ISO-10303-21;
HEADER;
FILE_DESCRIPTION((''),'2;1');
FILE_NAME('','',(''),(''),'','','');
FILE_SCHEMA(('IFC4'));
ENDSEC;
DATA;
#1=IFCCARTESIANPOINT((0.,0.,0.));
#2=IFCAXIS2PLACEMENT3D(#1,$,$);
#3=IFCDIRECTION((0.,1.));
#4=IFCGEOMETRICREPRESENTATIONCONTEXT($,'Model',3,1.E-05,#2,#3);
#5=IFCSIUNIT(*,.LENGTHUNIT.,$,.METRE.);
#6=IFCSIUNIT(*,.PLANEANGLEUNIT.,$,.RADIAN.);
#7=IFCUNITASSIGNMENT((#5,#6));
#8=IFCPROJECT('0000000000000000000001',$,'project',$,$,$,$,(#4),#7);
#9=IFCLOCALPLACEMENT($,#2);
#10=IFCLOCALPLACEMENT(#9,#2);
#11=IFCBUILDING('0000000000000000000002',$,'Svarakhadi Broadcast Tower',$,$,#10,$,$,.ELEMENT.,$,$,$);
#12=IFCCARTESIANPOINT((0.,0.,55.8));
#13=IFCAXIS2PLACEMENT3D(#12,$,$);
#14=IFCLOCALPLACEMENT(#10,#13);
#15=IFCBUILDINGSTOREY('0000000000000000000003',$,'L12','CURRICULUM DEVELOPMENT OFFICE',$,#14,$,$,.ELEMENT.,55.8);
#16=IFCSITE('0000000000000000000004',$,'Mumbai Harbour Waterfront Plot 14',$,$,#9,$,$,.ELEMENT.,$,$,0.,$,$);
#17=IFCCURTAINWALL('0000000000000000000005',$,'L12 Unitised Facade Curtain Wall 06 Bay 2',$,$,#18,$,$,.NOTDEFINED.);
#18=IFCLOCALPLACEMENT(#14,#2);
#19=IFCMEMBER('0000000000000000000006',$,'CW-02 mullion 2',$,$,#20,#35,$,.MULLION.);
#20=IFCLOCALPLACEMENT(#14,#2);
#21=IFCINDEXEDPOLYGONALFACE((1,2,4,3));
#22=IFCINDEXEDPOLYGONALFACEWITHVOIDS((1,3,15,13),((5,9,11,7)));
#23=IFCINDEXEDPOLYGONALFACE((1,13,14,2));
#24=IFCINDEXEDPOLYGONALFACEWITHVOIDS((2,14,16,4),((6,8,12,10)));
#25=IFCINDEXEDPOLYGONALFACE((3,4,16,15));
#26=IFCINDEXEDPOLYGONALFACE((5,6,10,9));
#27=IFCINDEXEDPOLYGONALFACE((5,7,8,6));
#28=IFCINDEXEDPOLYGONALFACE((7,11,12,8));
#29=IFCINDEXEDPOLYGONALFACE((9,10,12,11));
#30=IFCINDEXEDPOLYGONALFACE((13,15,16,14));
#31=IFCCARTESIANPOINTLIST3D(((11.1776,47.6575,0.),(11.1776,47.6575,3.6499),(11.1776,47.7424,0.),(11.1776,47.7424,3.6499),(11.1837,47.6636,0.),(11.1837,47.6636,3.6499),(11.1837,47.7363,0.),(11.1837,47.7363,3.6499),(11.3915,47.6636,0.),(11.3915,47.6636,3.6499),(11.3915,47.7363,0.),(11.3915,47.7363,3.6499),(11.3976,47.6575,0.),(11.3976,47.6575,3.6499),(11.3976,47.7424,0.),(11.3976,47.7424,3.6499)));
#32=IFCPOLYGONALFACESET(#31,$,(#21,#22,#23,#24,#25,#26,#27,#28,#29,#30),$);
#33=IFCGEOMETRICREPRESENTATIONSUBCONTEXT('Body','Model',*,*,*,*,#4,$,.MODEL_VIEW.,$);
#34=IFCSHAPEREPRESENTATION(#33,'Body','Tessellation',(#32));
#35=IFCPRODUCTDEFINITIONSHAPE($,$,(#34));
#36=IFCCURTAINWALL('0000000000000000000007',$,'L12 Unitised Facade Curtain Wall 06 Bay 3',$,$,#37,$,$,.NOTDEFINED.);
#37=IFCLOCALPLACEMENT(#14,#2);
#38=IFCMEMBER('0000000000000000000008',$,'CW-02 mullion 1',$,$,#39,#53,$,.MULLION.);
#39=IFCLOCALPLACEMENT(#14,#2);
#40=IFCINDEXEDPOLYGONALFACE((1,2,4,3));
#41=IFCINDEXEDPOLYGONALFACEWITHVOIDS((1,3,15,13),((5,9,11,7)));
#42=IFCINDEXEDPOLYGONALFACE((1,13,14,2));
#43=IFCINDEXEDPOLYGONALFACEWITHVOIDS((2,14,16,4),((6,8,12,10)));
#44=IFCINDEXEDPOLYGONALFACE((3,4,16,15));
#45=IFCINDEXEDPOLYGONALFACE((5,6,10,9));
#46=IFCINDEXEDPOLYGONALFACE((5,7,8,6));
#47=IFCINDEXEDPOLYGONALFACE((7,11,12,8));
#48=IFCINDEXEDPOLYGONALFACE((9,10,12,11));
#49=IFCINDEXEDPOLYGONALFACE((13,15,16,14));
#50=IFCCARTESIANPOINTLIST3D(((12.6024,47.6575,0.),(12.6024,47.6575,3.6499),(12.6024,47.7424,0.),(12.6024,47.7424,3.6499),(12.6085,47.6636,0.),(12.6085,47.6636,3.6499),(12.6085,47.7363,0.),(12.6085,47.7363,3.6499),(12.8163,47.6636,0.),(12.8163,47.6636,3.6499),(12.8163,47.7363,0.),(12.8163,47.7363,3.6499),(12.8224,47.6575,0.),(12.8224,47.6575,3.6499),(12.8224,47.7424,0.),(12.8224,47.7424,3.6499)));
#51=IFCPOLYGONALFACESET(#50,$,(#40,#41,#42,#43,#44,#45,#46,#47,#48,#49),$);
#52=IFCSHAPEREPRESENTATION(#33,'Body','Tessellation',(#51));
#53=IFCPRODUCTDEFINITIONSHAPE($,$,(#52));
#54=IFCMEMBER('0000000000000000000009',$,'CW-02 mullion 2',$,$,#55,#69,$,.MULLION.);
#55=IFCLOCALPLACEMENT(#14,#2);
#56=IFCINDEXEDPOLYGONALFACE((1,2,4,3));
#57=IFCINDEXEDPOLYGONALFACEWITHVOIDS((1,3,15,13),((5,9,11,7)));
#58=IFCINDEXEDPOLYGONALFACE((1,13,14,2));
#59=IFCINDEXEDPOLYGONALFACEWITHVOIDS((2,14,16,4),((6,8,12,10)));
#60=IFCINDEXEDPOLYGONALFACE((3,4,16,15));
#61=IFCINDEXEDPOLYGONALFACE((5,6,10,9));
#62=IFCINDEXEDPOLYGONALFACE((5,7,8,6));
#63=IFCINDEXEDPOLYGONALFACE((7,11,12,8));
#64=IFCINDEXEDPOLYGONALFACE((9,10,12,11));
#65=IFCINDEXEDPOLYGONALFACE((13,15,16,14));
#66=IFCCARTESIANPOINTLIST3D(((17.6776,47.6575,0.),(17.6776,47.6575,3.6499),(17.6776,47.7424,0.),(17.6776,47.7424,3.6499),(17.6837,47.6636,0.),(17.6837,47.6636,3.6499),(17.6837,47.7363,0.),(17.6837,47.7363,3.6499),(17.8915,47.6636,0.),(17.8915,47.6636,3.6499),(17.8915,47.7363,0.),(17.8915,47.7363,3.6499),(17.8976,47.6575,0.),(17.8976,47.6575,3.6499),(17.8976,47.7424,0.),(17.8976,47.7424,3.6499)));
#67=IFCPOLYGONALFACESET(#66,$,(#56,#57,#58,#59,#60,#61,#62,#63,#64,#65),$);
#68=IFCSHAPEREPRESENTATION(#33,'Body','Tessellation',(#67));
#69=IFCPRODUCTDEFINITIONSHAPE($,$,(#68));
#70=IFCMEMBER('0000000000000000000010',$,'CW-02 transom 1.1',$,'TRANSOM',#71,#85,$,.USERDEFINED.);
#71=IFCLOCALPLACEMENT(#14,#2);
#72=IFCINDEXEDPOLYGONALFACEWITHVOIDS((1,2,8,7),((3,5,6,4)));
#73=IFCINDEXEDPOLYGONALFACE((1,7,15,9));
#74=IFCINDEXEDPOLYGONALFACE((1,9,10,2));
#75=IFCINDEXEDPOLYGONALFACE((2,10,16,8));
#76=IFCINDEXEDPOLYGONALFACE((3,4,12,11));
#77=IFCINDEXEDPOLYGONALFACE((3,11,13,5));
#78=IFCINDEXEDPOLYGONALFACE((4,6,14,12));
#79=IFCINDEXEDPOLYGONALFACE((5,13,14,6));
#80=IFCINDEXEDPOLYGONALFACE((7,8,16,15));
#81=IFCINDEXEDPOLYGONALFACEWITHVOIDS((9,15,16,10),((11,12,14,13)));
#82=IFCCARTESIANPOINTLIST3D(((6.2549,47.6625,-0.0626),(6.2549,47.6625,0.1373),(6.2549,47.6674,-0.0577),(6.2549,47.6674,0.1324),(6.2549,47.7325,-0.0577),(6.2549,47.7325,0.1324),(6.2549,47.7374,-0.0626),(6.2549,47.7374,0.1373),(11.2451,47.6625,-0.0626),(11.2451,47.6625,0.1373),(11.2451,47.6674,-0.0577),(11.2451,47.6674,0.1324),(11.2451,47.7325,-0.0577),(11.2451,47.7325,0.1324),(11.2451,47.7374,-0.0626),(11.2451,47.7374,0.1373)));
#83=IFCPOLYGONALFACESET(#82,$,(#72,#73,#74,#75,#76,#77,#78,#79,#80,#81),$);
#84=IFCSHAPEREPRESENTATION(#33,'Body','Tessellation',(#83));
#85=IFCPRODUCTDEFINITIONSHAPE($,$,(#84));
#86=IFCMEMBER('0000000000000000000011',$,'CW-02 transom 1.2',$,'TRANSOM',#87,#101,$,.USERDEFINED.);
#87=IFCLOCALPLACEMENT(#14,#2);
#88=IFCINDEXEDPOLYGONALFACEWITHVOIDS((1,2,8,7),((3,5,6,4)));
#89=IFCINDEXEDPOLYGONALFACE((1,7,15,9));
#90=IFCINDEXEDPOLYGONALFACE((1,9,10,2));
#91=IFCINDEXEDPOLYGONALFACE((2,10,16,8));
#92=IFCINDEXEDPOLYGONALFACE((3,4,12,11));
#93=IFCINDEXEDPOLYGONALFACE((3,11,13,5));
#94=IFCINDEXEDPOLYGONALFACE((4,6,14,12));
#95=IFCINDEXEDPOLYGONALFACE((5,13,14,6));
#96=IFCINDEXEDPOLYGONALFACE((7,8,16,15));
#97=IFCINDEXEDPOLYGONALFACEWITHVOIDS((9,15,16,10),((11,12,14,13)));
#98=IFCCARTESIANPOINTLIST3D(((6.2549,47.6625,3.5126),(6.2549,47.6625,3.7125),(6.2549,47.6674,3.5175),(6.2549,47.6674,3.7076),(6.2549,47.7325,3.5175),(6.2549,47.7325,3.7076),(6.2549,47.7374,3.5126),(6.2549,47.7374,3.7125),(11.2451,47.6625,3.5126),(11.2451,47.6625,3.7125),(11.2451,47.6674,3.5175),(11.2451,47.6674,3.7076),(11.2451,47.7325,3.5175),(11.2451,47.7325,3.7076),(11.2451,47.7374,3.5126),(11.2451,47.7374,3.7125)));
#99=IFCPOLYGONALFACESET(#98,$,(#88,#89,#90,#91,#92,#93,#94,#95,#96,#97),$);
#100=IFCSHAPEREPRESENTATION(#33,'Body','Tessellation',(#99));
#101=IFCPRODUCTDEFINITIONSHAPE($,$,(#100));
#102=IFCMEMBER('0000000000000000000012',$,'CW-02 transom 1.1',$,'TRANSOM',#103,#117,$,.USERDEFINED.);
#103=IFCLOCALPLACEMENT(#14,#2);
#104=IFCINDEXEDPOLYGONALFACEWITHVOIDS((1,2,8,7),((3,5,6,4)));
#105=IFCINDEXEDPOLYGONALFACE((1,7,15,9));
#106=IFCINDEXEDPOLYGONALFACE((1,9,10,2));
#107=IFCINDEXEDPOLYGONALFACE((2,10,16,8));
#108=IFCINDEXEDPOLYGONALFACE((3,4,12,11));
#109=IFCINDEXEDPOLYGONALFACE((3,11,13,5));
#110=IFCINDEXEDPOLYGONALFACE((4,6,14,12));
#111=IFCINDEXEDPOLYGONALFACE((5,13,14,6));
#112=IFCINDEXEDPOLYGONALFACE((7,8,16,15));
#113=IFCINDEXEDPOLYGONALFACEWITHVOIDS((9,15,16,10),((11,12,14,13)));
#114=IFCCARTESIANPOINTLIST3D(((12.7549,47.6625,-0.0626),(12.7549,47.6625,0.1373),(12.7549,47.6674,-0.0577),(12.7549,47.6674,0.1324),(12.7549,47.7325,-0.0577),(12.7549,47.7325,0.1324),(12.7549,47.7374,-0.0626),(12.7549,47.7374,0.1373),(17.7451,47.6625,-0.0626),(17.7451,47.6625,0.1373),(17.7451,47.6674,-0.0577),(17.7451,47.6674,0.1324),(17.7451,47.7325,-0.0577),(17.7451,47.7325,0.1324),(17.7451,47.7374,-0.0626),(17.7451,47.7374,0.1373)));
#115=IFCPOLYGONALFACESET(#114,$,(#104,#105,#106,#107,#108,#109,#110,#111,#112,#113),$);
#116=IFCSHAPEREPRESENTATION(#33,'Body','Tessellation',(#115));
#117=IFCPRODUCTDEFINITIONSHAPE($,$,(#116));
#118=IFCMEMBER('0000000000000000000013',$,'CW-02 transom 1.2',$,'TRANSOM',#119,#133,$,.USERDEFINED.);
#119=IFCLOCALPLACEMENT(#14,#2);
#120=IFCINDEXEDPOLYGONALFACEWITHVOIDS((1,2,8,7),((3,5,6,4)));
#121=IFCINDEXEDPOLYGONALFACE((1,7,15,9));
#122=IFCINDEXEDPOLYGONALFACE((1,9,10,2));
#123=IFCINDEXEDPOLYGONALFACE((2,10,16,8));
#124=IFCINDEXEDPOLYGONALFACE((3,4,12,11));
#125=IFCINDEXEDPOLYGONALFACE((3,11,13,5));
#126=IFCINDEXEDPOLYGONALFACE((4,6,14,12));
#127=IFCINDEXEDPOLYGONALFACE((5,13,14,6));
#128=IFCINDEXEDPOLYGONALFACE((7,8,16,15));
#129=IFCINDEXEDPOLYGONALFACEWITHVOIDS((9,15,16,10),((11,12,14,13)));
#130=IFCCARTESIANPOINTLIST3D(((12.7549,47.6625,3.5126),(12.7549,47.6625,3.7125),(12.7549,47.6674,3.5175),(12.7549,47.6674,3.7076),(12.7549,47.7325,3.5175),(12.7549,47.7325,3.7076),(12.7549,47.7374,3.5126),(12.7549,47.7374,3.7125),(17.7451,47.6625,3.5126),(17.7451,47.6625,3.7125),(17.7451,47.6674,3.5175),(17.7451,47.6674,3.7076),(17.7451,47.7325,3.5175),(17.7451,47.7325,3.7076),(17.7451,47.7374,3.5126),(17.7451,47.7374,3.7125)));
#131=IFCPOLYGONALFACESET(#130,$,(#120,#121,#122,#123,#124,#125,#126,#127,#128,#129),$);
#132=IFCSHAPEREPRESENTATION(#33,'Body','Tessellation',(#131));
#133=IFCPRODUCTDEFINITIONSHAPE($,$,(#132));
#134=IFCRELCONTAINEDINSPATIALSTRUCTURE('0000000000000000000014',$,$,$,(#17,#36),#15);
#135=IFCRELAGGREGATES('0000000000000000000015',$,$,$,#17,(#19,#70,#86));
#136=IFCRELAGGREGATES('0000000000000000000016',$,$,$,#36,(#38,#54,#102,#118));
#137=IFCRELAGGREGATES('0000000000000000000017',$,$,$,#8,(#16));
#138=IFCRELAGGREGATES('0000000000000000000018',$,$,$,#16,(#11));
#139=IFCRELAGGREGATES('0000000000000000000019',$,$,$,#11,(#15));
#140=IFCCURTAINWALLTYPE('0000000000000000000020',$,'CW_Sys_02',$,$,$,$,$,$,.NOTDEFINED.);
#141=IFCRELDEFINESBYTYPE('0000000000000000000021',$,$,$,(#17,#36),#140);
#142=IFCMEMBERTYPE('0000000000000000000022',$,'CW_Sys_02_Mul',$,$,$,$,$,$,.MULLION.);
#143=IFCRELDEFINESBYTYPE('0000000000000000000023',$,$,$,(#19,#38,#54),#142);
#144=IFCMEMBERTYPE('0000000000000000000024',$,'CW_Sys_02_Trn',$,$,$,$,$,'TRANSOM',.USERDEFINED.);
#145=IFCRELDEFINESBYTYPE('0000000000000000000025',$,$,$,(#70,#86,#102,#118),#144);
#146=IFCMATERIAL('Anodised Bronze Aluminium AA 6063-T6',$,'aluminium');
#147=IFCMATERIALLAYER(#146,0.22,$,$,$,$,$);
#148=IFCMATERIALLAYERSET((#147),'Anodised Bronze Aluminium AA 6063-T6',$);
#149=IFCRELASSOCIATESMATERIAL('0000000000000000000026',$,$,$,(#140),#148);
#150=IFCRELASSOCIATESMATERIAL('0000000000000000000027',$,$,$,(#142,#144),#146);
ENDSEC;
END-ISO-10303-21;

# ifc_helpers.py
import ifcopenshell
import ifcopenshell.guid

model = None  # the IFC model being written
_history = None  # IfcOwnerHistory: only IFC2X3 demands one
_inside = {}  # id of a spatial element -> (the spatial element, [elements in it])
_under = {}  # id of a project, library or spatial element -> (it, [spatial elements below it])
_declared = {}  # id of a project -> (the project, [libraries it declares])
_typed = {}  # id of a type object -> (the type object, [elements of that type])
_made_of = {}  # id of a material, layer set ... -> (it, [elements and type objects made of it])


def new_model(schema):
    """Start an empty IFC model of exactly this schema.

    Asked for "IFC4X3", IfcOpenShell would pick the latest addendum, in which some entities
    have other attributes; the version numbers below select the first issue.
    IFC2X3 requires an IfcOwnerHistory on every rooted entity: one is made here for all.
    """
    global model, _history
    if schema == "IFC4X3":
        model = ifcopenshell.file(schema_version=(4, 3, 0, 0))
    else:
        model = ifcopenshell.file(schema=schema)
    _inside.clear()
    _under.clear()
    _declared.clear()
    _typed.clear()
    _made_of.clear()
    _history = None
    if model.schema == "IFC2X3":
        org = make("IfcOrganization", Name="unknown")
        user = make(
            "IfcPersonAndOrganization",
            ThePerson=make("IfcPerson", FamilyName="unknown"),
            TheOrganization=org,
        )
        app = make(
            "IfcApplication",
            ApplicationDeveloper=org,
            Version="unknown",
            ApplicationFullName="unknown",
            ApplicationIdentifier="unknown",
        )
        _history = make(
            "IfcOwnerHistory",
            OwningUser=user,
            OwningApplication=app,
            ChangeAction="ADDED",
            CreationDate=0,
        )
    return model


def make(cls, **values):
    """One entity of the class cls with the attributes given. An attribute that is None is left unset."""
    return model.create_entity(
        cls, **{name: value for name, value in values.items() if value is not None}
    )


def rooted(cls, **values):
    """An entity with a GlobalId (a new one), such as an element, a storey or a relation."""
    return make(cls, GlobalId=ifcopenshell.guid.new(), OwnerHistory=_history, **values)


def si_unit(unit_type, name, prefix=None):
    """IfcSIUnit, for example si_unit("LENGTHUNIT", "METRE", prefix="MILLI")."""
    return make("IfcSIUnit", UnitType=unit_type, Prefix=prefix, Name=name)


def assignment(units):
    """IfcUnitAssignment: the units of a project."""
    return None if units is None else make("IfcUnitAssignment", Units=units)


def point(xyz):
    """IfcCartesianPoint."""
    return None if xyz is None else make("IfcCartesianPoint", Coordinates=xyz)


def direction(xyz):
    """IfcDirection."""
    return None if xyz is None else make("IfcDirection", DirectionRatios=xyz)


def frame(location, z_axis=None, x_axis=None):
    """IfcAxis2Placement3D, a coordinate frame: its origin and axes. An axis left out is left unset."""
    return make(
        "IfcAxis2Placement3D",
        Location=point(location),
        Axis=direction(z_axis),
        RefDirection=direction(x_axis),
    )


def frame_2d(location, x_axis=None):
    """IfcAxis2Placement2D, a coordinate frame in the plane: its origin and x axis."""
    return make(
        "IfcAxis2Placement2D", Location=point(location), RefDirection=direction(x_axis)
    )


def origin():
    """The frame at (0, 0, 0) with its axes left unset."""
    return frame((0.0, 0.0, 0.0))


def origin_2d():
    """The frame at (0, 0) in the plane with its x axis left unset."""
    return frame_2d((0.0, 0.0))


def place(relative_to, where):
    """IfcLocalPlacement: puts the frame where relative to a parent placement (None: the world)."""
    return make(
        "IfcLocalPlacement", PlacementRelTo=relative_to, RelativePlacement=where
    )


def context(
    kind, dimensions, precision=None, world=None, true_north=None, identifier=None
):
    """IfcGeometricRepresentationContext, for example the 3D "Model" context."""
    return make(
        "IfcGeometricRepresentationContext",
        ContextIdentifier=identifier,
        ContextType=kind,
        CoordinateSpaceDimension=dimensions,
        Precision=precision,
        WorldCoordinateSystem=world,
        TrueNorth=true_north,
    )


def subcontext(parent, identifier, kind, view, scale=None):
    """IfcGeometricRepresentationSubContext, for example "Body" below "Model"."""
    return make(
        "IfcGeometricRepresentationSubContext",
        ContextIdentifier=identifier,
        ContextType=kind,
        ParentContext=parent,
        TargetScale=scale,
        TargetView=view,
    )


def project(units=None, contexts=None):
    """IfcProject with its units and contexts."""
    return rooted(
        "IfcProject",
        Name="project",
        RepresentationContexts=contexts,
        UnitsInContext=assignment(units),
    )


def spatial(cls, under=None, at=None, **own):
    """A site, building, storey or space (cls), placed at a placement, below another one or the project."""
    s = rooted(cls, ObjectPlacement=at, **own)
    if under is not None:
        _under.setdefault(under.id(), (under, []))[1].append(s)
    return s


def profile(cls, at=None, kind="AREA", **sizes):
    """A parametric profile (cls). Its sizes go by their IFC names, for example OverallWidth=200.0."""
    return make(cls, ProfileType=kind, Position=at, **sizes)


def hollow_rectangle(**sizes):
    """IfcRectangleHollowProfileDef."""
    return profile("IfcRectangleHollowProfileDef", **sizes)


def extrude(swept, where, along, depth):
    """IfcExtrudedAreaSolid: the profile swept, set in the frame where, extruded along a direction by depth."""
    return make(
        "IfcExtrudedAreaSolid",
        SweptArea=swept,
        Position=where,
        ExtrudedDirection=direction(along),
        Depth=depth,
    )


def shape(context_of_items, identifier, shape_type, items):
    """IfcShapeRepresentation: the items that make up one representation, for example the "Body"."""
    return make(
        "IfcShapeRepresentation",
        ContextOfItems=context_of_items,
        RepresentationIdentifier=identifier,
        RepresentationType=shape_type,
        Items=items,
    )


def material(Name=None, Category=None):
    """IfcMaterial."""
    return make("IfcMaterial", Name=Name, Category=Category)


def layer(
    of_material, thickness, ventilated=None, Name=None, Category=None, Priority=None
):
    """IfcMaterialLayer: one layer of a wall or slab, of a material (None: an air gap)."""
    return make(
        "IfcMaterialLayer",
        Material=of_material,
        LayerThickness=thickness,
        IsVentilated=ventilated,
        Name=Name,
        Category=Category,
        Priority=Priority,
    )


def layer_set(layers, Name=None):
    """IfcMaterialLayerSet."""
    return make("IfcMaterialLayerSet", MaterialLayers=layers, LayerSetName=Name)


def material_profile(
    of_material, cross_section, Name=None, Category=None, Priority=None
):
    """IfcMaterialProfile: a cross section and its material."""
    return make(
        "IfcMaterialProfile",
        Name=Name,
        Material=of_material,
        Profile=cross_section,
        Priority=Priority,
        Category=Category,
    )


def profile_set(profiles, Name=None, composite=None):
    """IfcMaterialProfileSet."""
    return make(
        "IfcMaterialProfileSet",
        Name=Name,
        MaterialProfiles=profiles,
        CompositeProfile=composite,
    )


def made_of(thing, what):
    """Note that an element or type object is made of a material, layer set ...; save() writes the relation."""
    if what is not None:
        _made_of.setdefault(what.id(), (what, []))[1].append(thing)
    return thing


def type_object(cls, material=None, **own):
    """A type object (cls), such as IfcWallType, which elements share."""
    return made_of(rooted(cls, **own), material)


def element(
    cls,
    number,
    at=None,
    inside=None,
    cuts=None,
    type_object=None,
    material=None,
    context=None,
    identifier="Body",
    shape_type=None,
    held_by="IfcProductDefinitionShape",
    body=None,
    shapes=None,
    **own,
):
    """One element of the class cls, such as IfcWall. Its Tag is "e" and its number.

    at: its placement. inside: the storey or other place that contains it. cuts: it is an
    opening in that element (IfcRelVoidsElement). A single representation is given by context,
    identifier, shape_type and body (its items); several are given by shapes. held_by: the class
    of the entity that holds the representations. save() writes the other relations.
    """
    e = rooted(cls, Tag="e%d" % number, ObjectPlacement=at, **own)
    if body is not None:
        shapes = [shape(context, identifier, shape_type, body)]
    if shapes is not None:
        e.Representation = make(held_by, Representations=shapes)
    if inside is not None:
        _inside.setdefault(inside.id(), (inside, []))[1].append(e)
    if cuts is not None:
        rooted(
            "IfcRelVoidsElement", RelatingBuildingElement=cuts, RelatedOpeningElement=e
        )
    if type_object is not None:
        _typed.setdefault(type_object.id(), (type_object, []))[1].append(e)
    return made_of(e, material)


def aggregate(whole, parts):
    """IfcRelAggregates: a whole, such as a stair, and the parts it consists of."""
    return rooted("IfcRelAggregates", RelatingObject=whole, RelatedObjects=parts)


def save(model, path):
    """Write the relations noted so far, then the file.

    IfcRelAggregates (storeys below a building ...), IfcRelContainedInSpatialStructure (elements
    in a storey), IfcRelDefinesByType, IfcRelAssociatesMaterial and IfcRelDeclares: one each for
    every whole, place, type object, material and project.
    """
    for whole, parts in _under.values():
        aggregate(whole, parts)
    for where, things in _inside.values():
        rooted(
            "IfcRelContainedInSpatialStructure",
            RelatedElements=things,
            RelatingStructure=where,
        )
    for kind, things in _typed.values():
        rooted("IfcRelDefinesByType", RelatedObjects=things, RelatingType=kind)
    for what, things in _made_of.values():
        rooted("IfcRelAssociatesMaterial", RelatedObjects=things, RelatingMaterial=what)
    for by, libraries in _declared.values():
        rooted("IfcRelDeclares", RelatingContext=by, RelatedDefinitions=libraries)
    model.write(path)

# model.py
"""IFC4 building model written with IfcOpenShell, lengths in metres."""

from ifc_helpers import new_model, si_unit, direction, frame, origin, origin_2d, place, context, subcontext, project, spatial, hollow_rectangle, extrude, material, layer, layer_set, material_profile, profile_set, type_object, element, aggregate, save


model = new_model("IFC4")

# Units and contexts
model_context = context("Model", 3, precision=1e-05, world=origin(), true_north=direction((0.0, 1.0)))
body_context = subcontext(model_context, "Body", "Model", "MODEL_VIEW")
ifc_project = project(units=[si_unit("LENGTHUNIT", "METRE"), si_unit("PLANEANGLEUNIT", "RADIAN")], contexts=[model_context])

# Site, building, storey
site_placement = place(None, origin())
site = spatial("IfcSite", under=ifc_project, at=site_placement, Name="Mumbai Harbour Waterfront Plot 14", CompositionType="ELEMENT", RefElevation=0.0)
building_placement = place(site_placement, origin())
building = spatial("IfcBuilding", under=site, at=building_placement, Name="Svarakhadi Broadcast Tower", CompositionType="ELEMENT")
storey_placement = place(building_placement, frame((0.0, 0.0, 55.8)))
storey = spatial("IfcBuildingStorey", under=building, at=storey_placement, Name="L12", Description="CURRICULUM DEVELOPMENT OFFICE", CompositionType="ELEMENT", Elevation=55.8)

# Curtain walls, members
ifc_material_1 = material(Name="Anodised Bronze Aluminium AA 6063-T6", Category="aluminium")
ifc_layer_1 = layer(ifc_material_1, 0.22)
ifc_layer_set_1 = layer_set([ifc_layer_1], Name="Anodised Bronze Aluminium AA 6063-T6")
curtain_wall_type = type_object("IfcCurtainWallType", Name="CW_Sys_02", PredefinedType="NOTDEFINED", material=ifc_layer_set_1)
curtain_wall_1_placement = place(storey_placement, origin())
curtain_wall_1 = element("IfcCurtainWall", 1, at=curtain_wall_1_placement, inside=storey, type_object=curtain_wall_type, Name="L12 Unitised Facade Curtain Wall 06 Bay 2", PredefinedType="NOTDEFINED")
ifc_material_profile_1 = material_profile(ifc_material_1, hollow_rectangle(XDim=0.085, YDim=0.22, WallThickness=0.0061, at=origin_2d()), Name="ALU MULLION 220x85x6")
ifc_profile_set_1 = profile_set([ifc_material_profile_1], Name="Anodised Bronze Aluminium AA 6063-T6")
member_type_1 = type_object("IfcMemberType", Name="CW_Sys_02_Mul", PredefinedType="MULLION", material=ifc_profile_set_1)
member_1_placement = place(storey_placement, frame((11.2876, 47.7, 0.0), z_axis=(0.0, 0.0, 1.0), x_axis=(0.0, 1.0, 0.0)))
member_1 = element("IfcMember", 2, at=member_1_placement, type_object=member_type_1, Name="CW-02 mullion 2", PredefinedType="MULLION", context=body_context, shape_type="SweptSolid", body=[
    extrude(hollow_rectangle(XDim=0.085, YDim=0.22, WallThickness=0.0061, at=origin_2d()), origin(), (0.0, 0.0, 1.0), 3.6499),
])
curtain_wall_2_placement = place(storey_placement, origin())
curtain_wall_2 = element("IfcCurtainWall", 3, at=curtain_wall_2_placement, inside=storey, type_object=curtain_wall_type, Name="L12 Unitised Facade Curtain Wall 06 Bay 3", PredefinedType="NOTDEFINED")
member_2_placement = place(storey_placement, frame((12.7124, 47.7, 0.0), z_axis=(0.0, 0.0, 1.0), x_axis=(0.0, 1.0, 0.0)))
member_2 = element("IfcMember", 4, at=member_2_placement, type_object=member_type_1, Name="CW-02 mullion 1", PredefinedType="MULLION", context=body_context, shape_type="SweptSolid", body=[
    extrude(hollow_rectangle(XDim=0.085, YDim=0.22, WallThickness=0.0061, at=origin_2d()), origin(), (0.0, 0.0, 1.0), 3.6499),
])
member_3_placement = place(storey_placement, frame((17.7876, 47.7, 0.0), z_axis=(0.0, 0.0, 1.0), x_axis=(0.0, 1.0, 0.0)))
member_3 = element("IfcMember", 5, at=member_3_placement, type_object=member_type_1, Name="CW-02 mullion 2", PredefinedType="MULLION", context=body_context, shape_type="SweptSolid", body=[
    extrude(hollow_rectangle(XDim=0.085, YDim=0.22, WallThickness=0.0061, at=origin_2d()), origin(), (0.0, 0.0, 1.0), 3.6499),
])

# Members
ifc_material_profile_2 = material_profile(ifc_material_1, hollow_rectangle(XDim=0.075, YDim=0.2, WallThickness=0.0049, at=origin_2d()), Name="ALU TRANSOM 200x75x5")
ifc_profile_set_2 = profile_set([ifc_material_profile_2], Name="Anodised Bronze Aluminium AA 6063-T6")
member_type_2 = type_object("IfcMemberType", Name="CW_Sys_02_Trn", ElementType="TRANSOM", PredefinedType="USERDEFINED", material=ifc_profile_set_2)
member_4_placement = place(storey_placement, frame((6.2549, 47.7, 0.0374), z_axis=(1.0, 0.0, 0.0), x_axis=(0.0, 1.0, 0.0)))
member_4 = element("IfcMember", 6, at=member_4_placement, type_object=member_type_2, Name="CW-02 transom 1.1", ObjectType="TRANSOM", PredefinedType="USERDEFINED", context=body_context, shape_type="SweptSolid", body=[
    extrude(hollow_rectangle(XDim=0.075, YDim=0.2, WallThickness=0.0049, at=origin_2d()), origin(), (0.0, 0.0, 1.0), 4.9902),
])
member_5_placement = place(storey_placement, frame((6.2549, 47.7, 3.6125), z_axis=(1.0, 0.0, 0.0), x_axis=(0.0, 1.0, 0.0)))
member_5 = element("IfcMember", 7, at=member_5_placement, type_object=member_type_2, Name="CW-02 transom 1.2", ObjectType="TRANSOM", PredefinedType="USERDEFINED", context=body_context, shape_type="SweptSolid", body=[
    extrude(hollow_rectangle(XDim=0.075, YDim=0.2, WallThickness=0.0049, at=origin_2d()), origin(), (0.0, 0.0, 1.0), 4.9902),
])
member_6_placement = place(storey_placement, frame((12.7549, 47.7, 0.0374), z_axis=(1.0, 0.0, 0.0), x_axis=(0.0, 1.0, 0.0)))
member_6 = element("IfcMember", 8, at=member_6_placement, type_object=member_type_2, Name="CW-02 transom 1.1", ObjectType="TRANSOM", PredefinedType="USERDEFINED", context=body_context, shape_type="SweptSolid", body=[
    extrude(hollow_rectangle(XDim=0.075, YDim=0.2, WallThickness=0.0049, at=origin_2d()), origin(), (0.0, 0.0, 1.0), 4.9902),
])
member_7_placement = place(storey_placement, frame((12.7549, 47.7, 3.6125), z_axis=(1.0, 0.0, 0.0), x_axis=(0.0, 1.0, 0.0)))
member_7 = element("IfcMember", 9, at=member_7_placement, type_object=member_type_2, Name="CW-02 transom 1.2", ObjectType="TRANSOM", PredefinedType="USERDEFINED", context=body_context, shape_type="SweptSolid", body=[
    extrude(hollow_rectangle(XDim=0.075, YDim=0.2, WallThickness=0.0049, at=origin_2d()), origin(), (0.0, 0.0, 1.0), 4.9902),
])

aggregate(curtain_wall_1, [member_1, member_4, member_5])
aggregate(curtain_wall_2, [member_2, member_3, member_6, member_7])

save(model, "model.ifc")
